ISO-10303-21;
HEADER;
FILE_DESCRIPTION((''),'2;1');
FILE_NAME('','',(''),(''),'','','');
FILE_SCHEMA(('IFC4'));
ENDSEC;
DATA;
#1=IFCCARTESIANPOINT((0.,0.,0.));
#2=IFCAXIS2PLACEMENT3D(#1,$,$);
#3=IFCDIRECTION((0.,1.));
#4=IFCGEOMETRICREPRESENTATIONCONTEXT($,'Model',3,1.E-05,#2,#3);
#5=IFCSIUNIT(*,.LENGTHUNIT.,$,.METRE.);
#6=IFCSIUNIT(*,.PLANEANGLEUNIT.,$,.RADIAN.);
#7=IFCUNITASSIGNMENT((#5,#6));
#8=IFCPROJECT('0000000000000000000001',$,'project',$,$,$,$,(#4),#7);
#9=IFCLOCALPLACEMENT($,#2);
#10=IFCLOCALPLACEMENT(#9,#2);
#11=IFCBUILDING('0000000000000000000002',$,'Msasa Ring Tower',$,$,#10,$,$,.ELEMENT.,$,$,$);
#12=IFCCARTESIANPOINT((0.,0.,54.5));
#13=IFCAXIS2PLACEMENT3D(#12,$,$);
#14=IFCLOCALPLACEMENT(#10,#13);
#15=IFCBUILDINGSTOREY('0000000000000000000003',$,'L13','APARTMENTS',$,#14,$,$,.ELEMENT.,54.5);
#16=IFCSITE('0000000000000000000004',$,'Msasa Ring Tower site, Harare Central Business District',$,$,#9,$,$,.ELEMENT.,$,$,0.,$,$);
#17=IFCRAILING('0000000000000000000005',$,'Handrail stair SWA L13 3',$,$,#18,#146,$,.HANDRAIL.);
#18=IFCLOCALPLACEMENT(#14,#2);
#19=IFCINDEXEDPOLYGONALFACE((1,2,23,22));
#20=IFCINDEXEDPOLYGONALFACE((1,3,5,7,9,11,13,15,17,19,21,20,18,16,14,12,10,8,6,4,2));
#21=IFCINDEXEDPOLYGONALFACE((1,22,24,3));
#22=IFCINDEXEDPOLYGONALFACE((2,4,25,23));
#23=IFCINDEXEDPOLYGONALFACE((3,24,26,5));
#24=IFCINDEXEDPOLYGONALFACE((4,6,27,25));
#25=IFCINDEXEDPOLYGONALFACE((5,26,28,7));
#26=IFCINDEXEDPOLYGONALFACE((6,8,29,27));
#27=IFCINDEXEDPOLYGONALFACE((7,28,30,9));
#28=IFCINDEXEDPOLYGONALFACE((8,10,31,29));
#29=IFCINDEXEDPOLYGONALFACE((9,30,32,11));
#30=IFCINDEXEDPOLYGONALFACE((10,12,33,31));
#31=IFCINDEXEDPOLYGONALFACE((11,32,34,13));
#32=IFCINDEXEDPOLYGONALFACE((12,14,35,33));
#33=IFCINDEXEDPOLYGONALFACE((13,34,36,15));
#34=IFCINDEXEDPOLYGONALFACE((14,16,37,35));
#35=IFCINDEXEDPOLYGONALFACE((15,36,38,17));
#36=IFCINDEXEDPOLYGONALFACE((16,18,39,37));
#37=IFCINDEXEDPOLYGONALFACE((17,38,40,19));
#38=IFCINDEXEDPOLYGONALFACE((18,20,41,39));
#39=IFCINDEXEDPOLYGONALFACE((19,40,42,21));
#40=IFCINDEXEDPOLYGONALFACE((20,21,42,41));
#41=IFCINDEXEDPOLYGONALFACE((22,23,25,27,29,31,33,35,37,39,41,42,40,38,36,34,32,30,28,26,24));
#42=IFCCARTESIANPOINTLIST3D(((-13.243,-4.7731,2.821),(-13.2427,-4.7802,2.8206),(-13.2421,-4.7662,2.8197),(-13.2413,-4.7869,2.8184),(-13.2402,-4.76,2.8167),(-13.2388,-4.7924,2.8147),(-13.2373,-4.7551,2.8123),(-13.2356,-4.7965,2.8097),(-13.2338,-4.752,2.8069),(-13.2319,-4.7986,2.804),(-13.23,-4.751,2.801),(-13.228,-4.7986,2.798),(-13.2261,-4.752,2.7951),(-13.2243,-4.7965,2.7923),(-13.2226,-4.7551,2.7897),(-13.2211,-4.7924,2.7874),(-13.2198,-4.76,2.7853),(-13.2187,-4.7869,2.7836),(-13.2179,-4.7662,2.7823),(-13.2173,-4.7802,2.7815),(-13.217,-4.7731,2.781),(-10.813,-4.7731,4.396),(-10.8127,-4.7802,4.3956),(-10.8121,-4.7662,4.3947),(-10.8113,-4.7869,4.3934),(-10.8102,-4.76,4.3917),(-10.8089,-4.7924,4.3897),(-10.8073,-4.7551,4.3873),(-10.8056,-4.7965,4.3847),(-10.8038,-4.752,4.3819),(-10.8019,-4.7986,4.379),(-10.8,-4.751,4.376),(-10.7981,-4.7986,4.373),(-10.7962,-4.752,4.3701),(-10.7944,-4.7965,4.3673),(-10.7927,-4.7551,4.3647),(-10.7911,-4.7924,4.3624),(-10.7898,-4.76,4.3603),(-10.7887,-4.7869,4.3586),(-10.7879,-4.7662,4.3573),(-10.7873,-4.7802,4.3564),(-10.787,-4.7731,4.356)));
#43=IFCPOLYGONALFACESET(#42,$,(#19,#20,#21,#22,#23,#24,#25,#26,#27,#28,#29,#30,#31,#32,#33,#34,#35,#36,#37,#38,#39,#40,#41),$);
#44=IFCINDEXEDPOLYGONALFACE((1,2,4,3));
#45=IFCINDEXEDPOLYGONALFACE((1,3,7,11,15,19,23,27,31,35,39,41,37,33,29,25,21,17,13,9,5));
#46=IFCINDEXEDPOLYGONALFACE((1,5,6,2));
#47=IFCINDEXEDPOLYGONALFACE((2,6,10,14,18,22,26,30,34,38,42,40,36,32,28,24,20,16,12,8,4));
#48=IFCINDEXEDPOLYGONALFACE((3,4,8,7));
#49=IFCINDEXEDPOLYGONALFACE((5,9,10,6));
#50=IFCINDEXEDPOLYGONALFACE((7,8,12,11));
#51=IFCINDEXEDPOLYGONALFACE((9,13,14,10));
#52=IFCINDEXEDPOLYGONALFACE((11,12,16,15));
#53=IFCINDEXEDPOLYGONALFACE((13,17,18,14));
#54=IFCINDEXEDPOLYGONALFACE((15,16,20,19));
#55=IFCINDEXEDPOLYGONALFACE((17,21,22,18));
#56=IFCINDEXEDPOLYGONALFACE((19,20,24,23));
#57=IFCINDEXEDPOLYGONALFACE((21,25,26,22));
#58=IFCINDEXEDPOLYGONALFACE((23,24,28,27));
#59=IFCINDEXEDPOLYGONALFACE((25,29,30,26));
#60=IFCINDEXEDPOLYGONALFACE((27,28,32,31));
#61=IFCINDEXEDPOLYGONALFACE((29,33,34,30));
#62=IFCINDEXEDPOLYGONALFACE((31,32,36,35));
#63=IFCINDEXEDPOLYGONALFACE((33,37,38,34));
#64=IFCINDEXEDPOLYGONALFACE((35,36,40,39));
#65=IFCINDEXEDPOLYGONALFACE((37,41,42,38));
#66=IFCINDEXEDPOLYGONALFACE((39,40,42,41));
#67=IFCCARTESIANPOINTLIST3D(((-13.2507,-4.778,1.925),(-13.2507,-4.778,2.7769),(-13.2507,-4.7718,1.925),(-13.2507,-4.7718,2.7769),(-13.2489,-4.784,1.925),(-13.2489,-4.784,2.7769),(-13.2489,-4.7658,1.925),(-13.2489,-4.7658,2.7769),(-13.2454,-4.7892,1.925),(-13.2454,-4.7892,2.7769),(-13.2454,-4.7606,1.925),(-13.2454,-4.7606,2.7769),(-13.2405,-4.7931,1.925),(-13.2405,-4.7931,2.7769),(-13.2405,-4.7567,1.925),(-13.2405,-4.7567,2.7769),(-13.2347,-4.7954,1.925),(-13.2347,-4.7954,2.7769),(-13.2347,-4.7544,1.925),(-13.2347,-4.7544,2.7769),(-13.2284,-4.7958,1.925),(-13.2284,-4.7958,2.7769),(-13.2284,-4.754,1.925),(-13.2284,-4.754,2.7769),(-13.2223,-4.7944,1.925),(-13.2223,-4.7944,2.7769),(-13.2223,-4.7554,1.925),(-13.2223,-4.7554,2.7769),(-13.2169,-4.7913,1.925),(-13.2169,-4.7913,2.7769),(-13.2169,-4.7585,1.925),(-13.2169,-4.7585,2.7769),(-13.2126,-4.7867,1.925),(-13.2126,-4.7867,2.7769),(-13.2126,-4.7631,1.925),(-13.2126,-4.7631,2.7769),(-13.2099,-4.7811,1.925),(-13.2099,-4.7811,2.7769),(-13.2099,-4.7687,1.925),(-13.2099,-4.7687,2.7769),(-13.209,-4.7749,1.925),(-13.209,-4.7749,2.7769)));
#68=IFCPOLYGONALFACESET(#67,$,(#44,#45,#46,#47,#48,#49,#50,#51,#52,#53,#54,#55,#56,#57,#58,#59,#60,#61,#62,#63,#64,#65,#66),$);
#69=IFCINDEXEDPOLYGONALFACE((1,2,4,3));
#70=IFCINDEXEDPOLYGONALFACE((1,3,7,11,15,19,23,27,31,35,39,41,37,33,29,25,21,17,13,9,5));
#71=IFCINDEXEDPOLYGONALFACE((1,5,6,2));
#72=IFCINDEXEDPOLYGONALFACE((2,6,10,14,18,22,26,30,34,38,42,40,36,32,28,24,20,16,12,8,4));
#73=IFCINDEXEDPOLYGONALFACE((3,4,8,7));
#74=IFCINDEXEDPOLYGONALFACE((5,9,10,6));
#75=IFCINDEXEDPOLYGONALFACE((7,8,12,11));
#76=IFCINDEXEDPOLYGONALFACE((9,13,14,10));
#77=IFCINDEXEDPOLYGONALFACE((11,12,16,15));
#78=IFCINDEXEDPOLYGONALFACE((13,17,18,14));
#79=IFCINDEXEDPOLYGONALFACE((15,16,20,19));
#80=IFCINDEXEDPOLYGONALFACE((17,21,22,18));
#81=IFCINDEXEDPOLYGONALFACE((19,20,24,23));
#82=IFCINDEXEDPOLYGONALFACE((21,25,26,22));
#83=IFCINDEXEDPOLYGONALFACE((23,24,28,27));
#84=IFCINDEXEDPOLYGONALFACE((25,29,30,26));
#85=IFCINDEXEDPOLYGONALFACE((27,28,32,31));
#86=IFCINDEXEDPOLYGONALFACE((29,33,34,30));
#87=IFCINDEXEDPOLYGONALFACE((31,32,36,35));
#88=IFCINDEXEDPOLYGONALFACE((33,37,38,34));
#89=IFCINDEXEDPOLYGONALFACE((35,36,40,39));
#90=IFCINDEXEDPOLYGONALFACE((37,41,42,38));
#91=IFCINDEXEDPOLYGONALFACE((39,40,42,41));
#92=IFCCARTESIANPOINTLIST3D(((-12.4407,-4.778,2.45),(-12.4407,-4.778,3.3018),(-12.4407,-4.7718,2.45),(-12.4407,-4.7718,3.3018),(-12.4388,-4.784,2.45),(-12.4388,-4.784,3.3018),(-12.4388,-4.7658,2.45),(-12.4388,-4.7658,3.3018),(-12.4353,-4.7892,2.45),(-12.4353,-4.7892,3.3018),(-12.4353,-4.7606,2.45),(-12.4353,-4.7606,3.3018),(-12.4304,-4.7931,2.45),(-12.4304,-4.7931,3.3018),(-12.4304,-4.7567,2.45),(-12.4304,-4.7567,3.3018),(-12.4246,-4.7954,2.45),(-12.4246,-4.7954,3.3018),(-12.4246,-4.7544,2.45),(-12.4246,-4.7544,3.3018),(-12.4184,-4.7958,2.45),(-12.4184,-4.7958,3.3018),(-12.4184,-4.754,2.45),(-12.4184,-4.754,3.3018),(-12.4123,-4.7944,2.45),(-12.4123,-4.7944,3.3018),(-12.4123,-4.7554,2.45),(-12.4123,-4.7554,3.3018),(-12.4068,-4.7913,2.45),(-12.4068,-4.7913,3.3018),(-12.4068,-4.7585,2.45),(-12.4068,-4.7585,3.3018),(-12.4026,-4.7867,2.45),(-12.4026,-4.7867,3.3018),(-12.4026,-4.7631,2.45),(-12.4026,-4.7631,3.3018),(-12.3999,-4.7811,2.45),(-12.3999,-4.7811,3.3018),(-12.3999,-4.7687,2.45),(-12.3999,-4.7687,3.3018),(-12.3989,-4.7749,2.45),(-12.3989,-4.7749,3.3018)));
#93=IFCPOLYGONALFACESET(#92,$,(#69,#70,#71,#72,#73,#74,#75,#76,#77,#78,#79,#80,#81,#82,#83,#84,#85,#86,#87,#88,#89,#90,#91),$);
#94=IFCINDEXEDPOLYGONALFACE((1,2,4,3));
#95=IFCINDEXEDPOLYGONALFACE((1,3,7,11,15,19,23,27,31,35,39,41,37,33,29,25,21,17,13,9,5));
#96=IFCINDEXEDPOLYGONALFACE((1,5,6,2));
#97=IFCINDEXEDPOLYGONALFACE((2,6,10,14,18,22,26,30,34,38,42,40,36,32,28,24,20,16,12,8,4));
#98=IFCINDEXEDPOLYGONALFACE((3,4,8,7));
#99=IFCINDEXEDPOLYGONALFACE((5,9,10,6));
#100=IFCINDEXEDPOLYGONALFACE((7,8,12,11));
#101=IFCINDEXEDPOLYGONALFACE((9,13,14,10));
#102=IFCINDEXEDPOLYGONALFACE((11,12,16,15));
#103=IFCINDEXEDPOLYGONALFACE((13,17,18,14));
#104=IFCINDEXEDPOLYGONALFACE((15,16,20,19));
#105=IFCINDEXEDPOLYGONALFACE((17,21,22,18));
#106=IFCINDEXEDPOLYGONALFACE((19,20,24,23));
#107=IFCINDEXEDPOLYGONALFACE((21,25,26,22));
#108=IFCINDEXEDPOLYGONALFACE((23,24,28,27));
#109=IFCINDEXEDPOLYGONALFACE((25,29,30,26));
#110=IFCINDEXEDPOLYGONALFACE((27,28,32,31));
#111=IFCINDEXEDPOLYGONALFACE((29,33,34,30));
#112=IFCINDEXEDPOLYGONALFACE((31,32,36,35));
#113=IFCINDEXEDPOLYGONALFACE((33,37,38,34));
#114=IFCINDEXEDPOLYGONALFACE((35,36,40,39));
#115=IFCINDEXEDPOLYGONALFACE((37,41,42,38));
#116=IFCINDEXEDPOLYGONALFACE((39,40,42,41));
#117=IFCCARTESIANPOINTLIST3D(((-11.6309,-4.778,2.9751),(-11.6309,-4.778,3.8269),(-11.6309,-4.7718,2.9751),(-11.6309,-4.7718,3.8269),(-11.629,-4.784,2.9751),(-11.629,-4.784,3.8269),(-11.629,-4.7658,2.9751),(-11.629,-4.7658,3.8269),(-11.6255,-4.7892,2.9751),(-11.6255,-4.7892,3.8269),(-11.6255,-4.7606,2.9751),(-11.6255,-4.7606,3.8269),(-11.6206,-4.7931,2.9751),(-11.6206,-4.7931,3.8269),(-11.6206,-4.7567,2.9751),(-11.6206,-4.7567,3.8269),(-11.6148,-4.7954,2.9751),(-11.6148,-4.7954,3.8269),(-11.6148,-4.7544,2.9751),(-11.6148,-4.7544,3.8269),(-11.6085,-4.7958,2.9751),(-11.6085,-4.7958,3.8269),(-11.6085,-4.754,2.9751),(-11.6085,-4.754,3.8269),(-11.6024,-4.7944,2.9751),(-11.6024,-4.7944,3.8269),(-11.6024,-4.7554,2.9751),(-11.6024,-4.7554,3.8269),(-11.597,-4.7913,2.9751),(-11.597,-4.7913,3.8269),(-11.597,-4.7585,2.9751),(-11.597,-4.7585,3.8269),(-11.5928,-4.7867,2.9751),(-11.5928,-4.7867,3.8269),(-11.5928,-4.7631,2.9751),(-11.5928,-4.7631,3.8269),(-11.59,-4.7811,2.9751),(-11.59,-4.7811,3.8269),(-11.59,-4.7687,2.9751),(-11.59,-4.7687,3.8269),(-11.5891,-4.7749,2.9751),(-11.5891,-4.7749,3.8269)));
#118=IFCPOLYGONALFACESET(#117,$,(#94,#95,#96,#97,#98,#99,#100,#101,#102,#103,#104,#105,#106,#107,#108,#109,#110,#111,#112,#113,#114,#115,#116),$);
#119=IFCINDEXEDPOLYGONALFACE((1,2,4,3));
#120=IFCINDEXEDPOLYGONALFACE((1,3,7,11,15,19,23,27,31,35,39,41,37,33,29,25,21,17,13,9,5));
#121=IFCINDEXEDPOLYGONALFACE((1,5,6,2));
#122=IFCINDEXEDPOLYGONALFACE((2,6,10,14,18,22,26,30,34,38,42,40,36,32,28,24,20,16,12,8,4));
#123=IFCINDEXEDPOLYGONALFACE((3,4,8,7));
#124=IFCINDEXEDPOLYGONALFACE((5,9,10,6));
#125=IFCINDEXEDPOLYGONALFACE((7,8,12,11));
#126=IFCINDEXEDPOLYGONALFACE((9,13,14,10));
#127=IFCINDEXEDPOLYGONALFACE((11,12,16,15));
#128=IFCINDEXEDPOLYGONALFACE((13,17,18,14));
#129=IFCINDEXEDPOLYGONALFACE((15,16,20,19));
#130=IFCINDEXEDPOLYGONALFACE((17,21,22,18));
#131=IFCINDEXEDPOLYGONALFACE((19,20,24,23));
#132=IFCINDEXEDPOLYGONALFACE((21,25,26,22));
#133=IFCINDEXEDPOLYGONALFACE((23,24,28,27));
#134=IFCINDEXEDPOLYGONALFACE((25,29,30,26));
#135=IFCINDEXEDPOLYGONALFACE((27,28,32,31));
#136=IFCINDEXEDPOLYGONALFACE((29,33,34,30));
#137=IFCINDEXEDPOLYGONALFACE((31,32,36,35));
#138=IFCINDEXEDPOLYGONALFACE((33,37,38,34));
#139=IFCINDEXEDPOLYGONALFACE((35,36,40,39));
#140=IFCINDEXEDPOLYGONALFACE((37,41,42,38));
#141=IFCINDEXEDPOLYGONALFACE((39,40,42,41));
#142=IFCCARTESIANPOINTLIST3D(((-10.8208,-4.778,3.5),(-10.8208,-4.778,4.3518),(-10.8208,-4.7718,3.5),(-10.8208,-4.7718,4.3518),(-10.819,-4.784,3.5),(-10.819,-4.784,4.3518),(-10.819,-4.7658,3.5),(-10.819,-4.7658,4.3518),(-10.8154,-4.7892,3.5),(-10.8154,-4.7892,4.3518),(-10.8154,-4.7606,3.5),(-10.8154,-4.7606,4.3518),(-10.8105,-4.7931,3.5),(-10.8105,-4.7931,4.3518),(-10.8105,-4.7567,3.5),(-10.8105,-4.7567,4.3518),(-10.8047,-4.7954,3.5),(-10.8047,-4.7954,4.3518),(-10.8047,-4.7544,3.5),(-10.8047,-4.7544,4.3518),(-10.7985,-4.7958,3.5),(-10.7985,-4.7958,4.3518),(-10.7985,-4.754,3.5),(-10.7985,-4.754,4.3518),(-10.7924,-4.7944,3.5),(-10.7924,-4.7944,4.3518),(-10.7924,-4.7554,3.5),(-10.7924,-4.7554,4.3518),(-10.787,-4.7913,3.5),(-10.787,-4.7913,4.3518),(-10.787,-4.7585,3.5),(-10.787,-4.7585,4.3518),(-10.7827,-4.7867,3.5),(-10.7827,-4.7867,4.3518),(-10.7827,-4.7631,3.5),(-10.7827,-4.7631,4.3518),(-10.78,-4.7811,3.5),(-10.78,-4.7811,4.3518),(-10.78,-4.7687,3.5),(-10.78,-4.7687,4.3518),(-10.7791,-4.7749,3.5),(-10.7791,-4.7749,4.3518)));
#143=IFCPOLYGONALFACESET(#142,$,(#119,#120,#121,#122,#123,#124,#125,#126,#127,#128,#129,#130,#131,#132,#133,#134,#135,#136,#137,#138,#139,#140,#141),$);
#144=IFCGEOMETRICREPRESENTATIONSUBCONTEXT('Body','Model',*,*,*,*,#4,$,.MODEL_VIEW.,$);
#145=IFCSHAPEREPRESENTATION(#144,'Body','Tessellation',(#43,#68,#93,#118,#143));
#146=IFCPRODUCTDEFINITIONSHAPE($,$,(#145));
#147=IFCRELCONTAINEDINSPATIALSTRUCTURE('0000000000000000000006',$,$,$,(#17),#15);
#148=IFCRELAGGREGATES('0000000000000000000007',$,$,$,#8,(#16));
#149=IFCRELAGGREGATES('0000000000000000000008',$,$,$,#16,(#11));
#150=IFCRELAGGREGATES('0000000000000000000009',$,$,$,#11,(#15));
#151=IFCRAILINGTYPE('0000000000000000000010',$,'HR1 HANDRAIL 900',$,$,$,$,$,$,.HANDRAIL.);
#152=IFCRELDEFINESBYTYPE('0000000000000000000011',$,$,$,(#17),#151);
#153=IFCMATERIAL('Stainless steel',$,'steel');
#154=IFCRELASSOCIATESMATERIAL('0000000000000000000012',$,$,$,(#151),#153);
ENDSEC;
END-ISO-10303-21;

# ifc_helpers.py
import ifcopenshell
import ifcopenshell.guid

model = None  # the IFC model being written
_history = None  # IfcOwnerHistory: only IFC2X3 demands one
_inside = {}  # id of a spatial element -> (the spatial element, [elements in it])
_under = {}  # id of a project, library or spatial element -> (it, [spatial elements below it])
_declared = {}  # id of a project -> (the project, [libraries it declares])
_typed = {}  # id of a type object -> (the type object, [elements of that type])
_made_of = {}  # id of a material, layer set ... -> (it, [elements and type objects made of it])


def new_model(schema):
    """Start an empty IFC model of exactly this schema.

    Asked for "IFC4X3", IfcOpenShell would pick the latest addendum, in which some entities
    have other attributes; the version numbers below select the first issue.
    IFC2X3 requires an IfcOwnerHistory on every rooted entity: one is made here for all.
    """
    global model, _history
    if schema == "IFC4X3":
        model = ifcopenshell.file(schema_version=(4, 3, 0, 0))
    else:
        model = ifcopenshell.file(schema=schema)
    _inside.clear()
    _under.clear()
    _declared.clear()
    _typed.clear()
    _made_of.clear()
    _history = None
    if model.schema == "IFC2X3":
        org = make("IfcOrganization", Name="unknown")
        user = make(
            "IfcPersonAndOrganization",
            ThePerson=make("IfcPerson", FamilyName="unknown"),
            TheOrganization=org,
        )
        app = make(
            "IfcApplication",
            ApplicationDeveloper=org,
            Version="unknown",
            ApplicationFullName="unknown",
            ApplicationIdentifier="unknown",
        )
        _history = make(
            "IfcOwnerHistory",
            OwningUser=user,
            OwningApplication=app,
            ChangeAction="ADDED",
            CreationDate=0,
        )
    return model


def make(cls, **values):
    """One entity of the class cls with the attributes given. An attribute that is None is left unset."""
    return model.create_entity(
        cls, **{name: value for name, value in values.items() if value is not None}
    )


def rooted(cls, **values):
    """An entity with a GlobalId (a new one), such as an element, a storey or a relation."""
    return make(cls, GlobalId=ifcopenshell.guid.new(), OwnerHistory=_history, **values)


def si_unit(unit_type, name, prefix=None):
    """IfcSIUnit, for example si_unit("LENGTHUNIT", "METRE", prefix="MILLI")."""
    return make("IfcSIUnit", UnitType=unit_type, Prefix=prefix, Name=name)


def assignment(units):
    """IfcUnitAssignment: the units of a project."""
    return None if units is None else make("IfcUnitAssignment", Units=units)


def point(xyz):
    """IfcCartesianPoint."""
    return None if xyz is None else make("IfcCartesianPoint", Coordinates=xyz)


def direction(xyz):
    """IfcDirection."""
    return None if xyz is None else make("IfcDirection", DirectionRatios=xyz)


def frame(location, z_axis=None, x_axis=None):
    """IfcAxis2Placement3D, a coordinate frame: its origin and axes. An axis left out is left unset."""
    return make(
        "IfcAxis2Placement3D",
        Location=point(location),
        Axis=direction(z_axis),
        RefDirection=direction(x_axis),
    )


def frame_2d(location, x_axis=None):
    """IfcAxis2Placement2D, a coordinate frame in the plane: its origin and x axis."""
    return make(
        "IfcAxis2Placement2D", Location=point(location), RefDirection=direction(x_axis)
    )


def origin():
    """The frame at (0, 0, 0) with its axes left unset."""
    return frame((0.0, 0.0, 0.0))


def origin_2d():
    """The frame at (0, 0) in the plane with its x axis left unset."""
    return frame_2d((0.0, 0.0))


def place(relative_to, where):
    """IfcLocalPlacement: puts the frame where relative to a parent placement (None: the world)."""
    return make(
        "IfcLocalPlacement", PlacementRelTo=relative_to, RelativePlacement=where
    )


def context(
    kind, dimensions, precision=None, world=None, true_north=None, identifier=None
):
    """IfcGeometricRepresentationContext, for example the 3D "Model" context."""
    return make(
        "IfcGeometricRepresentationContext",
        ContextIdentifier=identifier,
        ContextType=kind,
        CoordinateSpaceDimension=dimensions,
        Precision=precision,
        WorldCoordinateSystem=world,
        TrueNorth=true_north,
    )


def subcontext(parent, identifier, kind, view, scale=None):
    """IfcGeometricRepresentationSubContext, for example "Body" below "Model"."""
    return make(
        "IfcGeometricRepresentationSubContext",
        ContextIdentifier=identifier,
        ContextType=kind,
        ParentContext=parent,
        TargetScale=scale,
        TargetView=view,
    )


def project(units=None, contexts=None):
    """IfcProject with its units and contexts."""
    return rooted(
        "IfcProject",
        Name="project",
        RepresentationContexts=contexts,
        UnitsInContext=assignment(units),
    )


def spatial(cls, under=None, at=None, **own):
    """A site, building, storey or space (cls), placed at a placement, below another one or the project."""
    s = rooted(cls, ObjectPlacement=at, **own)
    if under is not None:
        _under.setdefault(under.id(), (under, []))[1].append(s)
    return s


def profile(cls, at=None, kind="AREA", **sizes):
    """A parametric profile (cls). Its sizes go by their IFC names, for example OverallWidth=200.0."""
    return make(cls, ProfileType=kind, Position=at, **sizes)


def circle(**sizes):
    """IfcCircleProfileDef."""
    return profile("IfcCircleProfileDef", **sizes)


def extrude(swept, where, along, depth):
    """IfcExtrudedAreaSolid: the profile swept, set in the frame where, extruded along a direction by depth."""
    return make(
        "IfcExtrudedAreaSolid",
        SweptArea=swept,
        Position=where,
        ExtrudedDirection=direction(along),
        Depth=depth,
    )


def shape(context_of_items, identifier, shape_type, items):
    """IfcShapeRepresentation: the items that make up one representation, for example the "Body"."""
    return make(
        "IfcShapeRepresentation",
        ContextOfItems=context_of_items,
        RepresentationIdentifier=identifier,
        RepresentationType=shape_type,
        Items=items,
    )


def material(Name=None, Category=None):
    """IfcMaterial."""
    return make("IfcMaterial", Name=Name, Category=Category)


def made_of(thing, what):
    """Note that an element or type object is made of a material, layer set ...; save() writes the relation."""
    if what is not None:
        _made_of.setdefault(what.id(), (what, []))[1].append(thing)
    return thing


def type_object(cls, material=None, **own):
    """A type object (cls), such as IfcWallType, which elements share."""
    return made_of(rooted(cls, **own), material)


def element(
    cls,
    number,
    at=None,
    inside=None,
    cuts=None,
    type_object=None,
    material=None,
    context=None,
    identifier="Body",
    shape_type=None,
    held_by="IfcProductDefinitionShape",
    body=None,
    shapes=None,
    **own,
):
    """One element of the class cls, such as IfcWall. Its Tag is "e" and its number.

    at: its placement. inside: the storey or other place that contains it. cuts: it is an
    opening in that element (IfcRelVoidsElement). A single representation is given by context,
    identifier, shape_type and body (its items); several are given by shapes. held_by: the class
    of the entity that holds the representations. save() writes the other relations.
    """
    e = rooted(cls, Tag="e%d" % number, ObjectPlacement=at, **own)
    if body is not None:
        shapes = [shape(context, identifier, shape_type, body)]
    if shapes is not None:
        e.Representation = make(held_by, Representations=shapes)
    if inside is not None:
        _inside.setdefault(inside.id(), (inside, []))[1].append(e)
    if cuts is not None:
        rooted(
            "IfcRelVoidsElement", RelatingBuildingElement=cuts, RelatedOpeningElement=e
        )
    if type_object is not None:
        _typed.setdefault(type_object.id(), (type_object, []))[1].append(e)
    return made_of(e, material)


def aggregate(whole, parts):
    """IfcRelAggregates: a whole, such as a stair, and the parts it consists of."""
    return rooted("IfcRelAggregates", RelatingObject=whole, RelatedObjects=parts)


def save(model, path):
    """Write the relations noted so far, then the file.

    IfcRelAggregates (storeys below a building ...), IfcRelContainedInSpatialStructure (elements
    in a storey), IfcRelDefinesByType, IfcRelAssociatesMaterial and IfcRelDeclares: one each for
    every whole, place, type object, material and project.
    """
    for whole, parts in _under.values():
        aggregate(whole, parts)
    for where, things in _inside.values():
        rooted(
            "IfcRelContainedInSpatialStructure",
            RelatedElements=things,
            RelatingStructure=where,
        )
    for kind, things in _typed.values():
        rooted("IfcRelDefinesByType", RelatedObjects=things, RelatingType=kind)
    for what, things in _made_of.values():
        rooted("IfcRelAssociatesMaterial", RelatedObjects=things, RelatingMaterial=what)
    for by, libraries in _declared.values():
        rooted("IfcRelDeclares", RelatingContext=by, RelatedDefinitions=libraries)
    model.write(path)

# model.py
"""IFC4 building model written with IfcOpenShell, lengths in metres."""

from ifc_helpers import new_model, si_unit, direction, frame, origin, origin_2d, place, context, subcontext, project, spatial, circle, extrude, material, type_object, element, save


model = new_model("IFC4")

# Units and contexts
model_context = context("Model", 3, precision=1e-05, world=origin(), true_north=direction((0.0, 1.0)))
body_context = subcontext(model_context, "Body", "Model", "MODEL_VIEW")
ifc_project = project(units=[si_unit("LENGTHUNIT", "METRE"), si_unit("PLANEANGLEUNIT", "RADIAN")], contexts=[model_context])

# Site, building, storey
site_placement = place(None, origin())
site = spatial("IfcSite", under=ifc_project, at=site_placement, Name="Msasa Ring Tower site, Harare Central Business District", CompositionType="ELEMENT", RefElevation=0.0)
building_placement = place(site_placement, origin())
building = spatial("IfcBuilding", under=site, at=building_placement, Name="Msasa Ring Tower", CompositionType="ELEMENT")
storey_placement = place(building_placement, frame((0.0, 0.0, 54.5)))
storey = spatial("IfcBuildingStorey", under=building, at=storey_placement, Name="L13", Description="APARTMENTS", CompositionType="ELEMENT", Elevation=54.5)

# Railing
ifc_material_1 = material(Name="Stainless steel", Category="steel")
railing_type = type_object("IfcRailingType", Name="HR1 HANDRAIL 900", PredefinedType="HANDRAIL", material=ifc_material_1)
for number, where, name in (
    (1, (-13.23, -4.7749, 1.925), "Handrail stair SWA L13 3"),
):
    element("IfcRailing", number, at=place(storey_placement, frame(where)), inside=storey, type_object=railing_type, Name=name, PredefinedType="HANDRAIL", context=body_context, shape_type="SweptSolid", body=[
        extrude(circle(Radius=0.0239, at=origin_2d()), frame((0.0, 0.0, 0.876), z_axis=(0.839154, 0.0, 0.543894), x_axis=(0.0, 1.0, 0.0)), (0.0, 0.0, 1.0), 2.8958),
        extrude(circle(Radius=0.021, at=origin_2d()), origin(), (0.0, 0.0, 1.0), 0.8518),
        extrude(circle(Radius=0.021, at=origin_2d()), frame((0.8101, 0.0, 0.5249)), (0.0, 0.0, 1.0), 0.8518),
        extrude(circle(Radius=0.021, at=origin_2d()), frame((1.6199, 0.0, 1.05)), (0.0, 0.0, 1.0), 0.8518),
        extrude(circle(Radius=0.021, at=origin_2d()), frame((2.4299, 0.0, 1.575)), (0.0, 0.0, 1.0), 0.8518),
    ])

save(model, "model.ifc")
